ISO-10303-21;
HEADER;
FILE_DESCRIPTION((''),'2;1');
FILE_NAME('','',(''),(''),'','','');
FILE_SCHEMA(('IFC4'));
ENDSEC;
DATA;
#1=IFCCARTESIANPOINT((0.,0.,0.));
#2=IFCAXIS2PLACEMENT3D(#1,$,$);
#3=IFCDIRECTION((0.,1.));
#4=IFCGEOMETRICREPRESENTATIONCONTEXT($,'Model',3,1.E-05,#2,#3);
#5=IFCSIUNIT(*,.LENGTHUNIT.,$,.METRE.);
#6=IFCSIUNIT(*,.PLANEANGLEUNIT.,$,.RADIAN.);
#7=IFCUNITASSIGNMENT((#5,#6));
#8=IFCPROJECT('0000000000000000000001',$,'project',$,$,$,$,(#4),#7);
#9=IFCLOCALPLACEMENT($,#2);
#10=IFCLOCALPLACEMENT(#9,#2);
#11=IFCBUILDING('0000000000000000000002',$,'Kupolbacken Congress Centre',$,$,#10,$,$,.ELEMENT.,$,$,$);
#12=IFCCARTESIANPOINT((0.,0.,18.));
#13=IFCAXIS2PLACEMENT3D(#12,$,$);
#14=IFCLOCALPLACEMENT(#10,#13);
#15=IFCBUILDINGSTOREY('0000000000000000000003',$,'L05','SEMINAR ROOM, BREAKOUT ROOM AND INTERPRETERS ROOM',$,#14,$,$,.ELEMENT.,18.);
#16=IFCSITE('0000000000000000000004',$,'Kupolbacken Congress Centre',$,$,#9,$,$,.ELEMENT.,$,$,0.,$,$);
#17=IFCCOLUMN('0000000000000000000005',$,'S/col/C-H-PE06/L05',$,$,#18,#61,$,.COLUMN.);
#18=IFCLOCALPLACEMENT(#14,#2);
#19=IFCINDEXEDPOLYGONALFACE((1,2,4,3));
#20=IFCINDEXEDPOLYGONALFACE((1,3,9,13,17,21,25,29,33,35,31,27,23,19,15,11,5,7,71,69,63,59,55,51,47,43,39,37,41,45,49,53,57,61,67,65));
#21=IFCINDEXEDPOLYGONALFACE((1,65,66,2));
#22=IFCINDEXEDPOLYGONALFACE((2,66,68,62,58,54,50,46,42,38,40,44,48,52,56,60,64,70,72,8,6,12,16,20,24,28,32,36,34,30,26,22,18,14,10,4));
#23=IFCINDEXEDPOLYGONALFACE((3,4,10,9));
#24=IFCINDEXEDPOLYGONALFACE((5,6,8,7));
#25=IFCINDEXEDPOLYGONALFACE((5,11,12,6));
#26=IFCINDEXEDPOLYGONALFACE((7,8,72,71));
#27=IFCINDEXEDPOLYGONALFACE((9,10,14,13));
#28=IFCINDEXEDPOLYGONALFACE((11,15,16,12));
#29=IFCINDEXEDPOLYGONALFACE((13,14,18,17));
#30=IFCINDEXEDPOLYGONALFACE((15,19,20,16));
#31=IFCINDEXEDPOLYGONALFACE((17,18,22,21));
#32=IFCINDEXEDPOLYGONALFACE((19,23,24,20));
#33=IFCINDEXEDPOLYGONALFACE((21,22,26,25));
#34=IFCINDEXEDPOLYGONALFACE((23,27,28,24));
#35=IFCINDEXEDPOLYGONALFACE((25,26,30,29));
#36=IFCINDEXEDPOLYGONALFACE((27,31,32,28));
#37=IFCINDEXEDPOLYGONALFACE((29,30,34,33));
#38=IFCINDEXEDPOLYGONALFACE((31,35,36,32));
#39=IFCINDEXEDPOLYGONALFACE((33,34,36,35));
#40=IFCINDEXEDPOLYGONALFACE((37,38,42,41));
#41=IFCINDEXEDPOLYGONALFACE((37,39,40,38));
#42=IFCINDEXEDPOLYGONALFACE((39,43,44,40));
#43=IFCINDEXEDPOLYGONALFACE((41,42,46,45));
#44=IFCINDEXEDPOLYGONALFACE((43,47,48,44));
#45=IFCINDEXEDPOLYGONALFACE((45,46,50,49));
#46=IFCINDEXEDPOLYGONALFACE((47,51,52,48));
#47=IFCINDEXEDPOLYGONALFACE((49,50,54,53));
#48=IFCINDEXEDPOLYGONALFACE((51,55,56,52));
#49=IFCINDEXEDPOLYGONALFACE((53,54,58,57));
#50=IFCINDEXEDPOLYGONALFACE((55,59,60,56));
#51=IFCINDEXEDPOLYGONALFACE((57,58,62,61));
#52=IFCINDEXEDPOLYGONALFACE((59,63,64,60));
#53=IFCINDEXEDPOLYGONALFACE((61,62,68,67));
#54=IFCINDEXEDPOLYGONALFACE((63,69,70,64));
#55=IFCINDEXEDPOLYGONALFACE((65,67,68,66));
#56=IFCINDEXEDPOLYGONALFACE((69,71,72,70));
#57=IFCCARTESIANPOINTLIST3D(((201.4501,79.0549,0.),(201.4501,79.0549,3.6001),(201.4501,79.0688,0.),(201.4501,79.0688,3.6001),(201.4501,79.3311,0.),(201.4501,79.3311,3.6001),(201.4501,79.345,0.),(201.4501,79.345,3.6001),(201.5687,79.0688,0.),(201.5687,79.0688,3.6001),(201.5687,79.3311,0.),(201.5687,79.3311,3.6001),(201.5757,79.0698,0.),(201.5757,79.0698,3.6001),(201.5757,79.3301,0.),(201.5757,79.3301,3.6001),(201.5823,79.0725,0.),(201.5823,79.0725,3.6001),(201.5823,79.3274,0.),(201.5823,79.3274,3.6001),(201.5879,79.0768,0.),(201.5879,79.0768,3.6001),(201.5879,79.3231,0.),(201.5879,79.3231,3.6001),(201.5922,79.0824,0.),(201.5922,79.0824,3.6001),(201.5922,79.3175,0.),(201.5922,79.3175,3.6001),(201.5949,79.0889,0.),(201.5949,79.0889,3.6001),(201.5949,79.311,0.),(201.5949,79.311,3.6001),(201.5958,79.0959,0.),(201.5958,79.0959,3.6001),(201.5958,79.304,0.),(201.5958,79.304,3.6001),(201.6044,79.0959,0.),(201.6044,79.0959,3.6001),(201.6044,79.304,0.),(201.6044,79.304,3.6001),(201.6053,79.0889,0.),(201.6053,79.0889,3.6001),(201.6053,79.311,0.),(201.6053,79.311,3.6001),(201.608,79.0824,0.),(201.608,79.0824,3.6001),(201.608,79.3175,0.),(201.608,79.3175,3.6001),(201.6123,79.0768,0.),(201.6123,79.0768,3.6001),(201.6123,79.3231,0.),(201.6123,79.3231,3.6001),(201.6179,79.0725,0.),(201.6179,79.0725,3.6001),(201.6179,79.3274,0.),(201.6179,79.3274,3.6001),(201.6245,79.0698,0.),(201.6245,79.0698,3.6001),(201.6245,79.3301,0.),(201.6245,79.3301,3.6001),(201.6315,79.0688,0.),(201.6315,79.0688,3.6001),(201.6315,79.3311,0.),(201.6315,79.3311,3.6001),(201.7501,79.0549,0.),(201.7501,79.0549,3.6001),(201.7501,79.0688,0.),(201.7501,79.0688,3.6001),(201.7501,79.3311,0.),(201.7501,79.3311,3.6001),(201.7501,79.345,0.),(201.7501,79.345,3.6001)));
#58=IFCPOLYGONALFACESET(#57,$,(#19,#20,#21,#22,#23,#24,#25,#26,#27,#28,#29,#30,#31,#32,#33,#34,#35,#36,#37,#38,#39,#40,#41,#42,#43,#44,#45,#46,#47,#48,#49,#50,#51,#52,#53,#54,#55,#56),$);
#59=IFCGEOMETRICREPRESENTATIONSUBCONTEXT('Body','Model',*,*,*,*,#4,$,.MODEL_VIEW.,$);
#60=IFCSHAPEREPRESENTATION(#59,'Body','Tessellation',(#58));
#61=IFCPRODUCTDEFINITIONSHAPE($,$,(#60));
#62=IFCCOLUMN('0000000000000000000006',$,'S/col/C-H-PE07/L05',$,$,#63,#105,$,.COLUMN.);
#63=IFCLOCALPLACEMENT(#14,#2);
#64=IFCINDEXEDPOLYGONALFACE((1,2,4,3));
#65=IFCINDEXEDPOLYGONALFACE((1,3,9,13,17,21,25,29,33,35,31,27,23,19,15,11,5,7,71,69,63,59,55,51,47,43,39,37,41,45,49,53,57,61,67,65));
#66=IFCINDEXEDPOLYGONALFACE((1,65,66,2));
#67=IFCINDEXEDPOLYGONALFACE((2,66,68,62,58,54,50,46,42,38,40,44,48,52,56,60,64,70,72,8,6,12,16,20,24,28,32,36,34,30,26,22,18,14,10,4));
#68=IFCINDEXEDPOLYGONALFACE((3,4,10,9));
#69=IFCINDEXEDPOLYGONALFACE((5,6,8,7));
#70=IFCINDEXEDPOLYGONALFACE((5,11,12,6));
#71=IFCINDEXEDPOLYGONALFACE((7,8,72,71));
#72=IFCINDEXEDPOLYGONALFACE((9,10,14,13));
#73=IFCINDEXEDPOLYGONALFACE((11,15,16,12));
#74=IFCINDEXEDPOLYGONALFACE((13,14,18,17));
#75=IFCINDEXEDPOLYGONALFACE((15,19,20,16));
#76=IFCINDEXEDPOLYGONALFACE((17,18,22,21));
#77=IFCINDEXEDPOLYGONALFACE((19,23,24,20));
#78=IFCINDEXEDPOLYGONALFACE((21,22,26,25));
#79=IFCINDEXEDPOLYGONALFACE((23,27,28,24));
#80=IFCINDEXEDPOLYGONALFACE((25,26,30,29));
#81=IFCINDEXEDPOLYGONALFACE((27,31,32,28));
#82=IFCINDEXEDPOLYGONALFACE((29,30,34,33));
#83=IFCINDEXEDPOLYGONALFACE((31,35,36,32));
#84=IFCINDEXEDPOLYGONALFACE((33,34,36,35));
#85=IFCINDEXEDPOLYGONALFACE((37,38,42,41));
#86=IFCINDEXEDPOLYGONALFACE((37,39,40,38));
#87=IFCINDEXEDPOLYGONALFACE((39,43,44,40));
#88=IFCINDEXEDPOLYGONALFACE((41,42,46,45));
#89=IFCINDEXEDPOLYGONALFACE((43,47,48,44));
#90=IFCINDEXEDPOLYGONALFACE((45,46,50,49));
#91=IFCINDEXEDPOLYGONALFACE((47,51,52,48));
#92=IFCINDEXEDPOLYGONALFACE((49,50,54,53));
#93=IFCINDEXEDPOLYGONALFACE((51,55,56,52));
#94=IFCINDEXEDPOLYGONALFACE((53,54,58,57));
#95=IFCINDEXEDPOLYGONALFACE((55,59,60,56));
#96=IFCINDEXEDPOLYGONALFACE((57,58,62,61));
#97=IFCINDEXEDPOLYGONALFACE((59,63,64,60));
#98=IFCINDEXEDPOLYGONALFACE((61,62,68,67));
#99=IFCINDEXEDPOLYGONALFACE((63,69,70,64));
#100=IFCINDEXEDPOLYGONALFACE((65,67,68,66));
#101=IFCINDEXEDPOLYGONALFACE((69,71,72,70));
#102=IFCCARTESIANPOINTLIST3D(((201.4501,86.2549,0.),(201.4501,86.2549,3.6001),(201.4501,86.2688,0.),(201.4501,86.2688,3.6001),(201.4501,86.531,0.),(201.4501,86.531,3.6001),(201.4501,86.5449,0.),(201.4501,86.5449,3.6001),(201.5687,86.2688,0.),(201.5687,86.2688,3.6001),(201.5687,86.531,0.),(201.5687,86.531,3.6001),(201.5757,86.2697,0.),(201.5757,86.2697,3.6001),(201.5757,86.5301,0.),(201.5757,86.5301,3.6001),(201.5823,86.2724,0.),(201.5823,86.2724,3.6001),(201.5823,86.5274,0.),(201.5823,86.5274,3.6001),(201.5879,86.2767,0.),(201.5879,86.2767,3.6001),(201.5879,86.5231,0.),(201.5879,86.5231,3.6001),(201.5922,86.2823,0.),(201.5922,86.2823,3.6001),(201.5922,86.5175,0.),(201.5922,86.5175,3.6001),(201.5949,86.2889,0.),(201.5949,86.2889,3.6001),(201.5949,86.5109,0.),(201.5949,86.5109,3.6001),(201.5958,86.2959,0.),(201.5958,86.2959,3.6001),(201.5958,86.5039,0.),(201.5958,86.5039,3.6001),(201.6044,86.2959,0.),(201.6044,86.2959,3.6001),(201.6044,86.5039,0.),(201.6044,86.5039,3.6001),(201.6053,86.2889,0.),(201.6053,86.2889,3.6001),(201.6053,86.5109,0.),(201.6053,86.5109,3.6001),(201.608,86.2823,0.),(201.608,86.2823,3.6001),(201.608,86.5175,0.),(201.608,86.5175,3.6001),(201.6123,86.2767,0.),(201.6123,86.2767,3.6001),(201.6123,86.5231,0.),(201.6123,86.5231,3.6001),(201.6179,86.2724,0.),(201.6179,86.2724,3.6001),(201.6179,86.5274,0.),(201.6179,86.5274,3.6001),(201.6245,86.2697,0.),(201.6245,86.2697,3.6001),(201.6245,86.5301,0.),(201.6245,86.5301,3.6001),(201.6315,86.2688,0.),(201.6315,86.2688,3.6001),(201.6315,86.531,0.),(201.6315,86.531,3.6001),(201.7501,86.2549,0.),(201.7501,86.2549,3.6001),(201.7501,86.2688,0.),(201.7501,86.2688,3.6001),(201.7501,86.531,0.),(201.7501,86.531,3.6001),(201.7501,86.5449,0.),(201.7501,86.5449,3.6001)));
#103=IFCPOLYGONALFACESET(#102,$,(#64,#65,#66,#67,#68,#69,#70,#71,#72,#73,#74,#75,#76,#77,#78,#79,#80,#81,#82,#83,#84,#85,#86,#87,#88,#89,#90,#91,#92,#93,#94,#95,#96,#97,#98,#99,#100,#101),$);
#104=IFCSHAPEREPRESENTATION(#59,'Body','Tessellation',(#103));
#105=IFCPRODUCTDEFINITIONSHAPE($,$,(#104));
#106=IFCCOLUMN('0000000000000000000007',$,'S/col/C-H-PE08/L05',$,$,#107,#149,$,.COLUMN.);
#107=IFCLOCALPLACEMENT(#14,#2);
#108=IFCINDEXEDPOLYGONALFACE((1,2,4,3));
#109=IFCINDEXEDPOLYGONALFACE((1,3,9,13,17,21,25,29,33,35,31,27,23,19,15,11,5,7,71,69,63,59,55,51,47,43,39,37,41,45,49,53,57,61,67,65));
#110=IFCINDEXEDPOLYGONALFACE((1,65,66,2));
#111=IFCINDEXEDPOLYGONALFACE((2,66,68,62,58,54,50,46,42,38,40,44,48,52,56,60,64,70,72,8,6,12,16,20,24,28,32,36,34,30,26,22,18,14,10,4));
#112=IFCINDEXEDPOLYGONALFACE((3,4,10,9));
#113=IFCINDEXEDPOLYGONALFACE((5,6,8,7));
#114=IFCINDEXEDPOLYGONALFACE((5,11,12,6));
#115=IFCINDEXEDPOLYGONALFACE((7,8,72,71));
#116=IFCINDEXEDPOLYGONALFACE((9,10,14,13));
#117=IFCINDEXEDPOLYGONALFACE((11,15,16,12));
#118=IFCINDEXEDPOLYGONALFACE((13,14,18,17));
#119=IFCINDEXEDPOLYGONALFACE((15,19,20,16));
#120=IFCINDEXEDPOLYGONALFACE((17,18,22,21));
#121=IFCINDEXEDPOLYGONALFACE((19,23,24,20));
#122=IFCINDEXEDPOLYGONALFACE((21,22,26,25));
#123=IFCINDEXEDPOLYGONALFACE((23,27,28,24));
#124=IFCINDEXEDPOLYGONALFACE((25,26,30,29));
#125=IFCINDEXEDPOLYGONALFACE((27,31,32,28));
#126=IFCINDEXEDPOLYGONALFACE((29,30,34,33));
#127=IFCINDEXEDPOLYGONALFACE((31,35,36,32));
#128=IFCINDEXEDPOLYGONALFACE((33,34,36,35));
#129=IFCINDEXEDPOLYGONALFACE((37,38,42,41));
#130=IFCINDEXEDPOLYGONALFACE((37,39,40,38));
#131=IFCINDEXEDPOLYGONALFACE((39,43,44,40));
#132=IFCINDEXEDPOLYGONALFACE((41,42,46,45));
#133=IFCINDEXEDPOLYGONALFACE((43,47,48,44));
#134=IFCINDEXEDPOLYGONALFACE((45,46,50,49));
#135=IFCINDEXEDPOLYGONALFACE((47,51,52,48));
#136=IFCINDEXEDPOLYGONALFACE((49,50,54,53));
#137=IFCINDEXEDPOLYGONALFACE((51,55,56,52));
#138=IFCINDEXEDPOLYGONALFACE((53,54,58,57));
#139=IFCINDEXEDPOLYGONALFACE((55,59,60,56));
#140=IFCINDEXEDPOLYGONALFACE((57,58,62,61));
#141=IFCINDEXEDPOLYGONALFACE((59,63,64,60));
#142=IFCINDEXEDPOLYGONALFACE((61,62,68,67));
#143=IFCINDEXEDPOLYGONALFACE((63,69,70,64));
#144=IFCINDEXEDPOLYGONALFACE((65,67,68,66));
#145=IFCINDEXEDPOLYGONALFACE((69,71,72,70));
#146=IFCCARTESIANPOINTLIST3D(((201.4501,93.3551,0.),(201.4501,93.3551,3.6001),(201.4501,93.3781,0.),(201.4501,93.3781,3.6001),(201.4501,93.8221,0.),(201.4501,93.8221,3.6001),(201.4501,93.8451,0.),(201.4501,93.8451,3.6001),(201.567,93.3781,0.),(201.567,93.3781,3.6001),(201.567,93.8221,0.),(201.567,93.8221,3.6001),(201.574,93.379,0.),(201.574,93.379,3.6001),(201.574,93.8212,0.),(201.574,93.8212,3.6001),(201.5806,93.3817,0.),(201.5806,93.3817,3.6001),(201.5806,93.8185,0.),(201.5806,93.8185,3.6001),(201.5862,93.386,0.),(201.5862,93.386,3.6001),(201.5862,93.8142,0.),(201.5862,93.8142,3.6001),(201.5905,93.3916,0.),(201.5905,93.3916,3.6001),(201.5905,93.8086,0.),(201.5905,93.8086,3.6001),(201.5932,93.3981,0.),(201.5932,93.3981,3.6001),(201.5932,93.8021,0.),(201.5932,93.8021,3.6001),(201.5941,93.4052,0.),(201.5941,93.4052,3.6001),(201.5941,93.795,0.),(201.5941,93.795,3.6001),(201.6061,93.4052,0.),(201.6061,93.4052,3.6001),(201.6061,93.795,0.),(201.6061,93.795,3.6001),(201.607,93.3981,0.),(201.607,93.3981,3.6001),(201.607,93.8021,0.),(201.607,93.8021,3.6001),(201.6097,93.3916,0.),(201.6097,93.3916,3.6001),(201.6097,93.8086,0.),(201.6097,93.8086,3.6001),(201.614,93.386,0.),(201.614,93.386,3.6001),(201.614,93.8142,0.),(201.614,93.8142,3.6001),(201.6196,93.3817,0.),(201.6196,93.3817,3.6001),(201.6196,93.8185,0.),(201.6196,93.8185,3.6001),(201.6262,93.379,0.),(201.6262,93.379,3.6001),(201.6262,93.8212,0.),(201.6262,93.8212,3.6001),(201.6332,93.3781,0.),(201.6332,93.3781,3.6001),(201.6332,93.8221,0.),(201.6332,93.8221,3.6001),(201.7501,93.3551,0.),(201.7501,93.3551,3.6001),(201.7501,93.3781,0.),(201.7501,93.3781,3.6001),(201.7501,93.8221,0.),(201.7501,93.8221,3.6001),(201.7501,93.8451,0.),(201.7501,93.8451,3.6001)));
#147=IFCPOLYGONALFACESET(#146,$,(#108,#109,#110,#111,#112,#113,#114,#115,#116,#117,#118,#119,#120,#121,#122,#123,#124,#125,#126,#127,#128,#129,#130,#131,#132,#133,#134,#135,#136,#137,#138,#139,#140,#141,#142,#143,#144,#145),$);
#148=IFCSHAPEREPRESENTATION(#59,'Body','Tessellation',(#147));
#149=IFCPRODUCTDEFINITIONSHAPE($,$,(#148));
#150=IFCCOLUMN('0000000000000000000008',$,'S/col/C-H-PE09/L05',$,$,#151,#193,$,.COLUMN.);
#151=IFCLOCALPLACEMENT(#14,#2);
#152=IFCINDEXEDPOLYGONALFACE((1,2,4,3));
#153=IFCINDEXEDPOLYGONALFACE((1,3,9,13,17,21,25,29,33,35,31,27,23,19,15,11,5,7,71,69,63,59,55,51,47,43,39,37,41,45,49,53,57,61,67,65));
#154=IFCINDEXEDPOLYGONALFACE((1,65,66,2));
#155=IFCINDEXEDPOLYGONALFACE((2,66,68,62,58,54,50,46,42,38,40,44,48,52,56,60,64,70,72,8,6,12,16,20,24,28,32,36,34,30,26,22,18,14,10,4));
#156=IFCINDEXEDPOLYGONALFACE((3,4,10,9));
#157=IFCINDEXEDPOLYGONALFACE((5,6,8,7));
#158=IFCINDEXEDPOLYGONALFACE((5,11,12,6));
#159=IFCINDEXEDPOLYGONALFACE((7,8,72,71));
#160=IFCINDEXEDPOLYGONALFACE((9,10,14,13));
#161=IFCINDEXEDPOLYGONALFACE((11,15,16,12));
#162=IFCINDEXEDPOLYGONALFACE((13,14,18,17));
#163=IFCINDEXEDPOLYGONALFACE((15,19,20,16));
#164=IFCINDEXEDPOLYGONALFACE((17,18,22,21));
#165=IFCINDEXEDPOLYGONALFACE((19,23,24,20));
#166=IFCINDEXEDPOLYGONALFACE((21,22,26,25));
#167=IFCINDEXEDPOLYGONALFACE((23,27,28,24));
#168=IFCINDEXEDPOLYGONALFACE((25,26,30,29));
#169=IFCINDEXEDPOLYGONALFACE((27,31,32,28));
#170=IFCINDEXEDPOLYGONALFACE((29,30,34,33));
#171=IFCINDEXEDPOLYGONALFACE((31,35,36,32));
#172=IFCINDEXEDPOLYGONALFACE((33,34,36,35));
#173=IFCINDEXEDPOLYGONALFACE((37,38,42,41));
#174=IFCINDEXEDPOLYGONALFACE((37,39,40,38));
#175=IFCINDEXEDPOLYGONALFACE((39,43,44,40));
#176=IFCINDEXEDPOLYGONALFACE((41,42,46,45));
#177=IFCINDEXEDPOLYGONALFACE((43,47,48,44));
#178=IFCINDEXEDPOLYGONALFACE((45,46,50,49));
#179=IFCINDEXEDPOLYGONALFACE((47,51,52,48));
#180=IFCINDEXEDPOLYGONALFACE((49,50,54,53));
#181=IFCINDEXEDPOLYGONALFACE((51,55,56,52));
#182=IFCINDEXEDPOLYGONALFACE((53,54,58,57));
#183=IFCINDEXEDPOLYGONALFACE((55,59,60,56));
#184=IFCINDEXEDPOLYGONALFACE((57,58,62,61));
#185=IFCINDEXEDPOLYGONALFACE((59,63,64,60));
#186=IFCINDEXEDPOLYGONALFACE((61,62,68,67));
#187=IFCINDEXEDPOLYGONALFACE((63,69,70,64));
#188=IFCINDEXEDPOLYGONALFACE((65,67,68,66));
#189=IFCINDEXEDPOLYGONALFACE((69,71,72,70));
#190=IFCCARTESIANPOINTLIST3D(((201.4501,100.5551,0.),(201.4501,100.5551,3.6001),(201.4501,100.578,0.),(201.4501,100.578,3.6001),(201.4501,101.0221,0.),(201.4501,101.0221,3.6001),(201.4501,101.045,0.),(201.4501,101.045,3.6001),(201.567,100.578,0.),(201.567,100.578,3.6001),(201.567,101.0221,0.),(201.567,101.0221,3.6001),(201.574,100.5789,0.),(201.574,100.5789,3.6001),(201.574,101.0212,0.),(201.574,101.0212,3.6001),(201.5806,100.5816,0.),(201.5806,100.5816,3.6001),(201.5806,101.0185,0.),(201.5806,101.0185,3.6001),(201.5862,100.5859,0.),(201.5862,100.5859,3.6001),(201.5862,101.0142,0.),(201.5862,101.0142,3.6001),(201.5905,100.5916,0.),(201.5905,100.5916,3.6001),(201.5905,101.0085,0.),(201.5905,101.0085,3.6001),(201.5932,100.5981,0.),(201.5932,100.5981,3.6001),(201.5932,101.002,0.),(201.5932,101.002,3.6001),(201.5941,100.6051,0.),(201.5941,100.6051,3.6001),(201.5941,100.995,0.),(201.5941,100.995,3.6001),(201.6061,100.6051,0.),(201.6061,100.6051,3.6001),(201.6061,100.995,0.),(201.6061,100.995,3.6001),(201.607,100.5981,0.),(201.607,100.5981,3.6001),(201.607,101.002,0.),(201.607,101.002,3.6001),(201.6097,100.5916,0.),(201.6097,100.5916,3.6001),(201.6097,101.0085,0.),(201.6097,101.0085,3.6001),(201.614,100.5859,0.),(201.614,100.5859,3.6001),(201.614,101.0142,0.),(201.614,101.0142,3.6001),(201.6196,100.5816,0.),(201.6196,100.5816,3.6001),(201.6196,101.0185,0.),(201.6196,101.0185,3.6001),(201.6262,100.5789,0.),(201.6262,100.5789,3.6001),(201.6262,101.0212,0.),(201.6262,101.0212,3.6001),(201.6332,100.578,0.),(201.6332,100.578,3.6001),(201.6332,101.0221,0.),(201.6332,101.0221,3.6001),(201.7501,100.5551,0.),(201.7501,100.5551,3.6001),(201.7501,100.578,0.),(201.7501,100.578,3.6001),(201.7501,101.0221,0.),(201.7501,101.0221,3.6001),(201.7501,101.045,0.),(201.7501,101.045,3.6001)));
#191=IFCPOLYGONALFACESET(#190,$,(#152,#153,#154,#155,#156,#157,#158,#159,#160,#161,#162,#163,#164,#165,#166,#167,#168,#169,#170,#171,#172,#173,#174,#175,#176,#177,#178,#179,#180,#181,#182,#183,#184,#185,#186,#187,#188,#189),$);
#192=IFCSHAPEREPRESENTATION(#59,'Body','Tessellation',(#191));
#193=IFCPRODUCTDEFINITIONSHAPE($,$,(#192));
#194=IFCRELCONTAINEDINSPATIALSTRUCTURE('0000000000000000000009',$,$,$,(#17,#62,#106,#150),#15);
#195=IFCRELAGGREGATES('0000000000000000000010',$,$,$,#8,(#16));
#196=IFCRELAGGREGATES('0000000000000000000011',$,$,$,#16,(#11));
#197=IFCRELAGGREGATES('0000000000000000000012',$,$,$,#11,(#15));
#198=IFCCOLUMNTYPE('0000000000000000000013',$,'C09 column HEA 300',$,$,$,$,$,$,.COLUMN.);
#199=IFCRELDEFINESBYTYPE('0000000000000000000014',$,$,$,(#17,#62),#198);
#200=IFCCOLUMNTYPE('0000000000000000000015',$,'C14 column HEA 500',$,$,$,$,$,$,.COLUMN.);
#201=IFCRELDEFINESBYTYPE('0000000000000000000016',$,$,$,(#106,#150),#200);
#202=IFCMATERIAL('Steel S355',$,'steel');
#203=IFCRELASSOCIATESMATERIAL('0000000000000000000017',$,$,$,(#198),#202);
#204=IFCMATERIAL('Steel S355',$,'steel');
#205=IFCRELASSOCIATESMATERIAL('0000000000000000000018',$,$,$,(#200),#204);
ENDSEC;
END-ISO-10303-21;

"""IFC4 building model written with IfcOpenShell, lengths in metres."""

from ifc_helpers import new_model, si_unit, direction, frame, origin, origin_2d, place, context, subcontext, project, spatial, i_section, extrude, material, material_profile, profile_set, type_object, element, save


model = new_model("IFC4")

# Units and contexts
model_context = context("Model", 3, precision=1e-05, world=origin(), true_north=direction((0.0, 1.0)))
body_context = subcontext(model_context, "Body", "Model", "MODEL_VIEW")
ifc_project = project(units=[si_unit("LENGTHUNIT", "METRE"), si_unit("PLANEANGLEUNIT", "RADIAN")], contexts=[model_context])

# Site, building, storey
site_placement = place(None, origin())
site = spatial("IfcSite", under=ifc_project, at=site_placement, Name="Kupolbacken Congress Centre", CompositionType="ELEMENT", RefElevation=0.0)
building_placement = place(site_placement, origin())
building = spatial("IfcBuilding", under=site, at=building_placement, Name="Kupolbacken Congress Centre", CompositionType="ELEMENT")
storey_placement = place(building_placement, frame((0.0, 0.0, 18.0)))
storey = spatial("IfcBuildingStorey", under=building, at=storey_placement, Name="L05", Description="SEMINAR ROOM, BREAKOUT ROOM AND INTERPRETERS ROOM", CompositionType="ELEMENT", Elevation=18.0)

# Columns
ifc_material_1 = material(Name="Steel S355", Category="steel")
ifc_material_profile_1 = material_profile(ifc_material_1, i_section(OverallWidth=0.3, OverallDepth=0.29, WebThickness=0.0085, FlangeThickness=0.0139, FilletRadius=0.0271, at=origin_2d()), Name="HEA 300")
ifc_profile_set_1 = profile_set([ifc_material_profile_1], Name="Steel S355")
column_type_1 = type_object("IfcColumnType", Name="C09 column HEA 300", PredefinedType="COLUMN", material=ifc_profile_set_1)
for number, where, z_axis, x_axis, name in (
    (1, (201.6001, 79.2, 0.0), (0.0, 0.0, 1.0), (1.0, 0.0, 0.0), "S/col/C-H-PE06/L05"),
    (2, (201.6001, 86.3999, 0.0), (0.0, 0.0, 1.0), (1.0, 0.0, 0.0), "S/col/C-H-PE07/L05"),
):
    element("IfcColumn", number, at=place(storey_placement, frame(where, z_axis=z_axis, x_axis=x_axis)), inside=storey, type_object=column_type_1, Name=name, PredefinedType="COLUMN", context=body_context, shape_type="SweptSolid", body=[
        extrude(i_section(OverallWidth=0.3, OverallDepth=0.29, WebThickness=0.0085, FlangeThickness=0.0139, FilletRadius=0.0271, at=origin_2d()), origin(), (0.0, 0.0, 1.0), 3.6001),
    ])
ifc_material_2 = material(Name="Steel S355", Category="steel")
ifc_material_profile_2 = material_profile(ifc_material_2, i_section(OverallWidth=0.3, OverallDepth=0.49, WebThickness=0.012, FlangeThickness=0.0229, FilletRadius=0.0271, at=origin_2d()), Name="HEA 500")
ifc_profile_set_2 = profile_set([ifc_material_profile_2], Name="Steel S355")
column_type_2 = type_object("IfcColumnType", Name="C14 column HEA 500", PredefinedType="COLUMN", material=ifc_profile_set_2)
for number, where, z_axis, x_axis, name in (
    (3, (201.6001, 93.6001, 0.0), (0.0, 0.0, 1.0), (1.0, 0.0, 0.0), "S/col/C-H-PE08/L05"),
    (4, (201.6001, 100.8, 0.0), (0.0, 0.0, 1.0), (1.0, 0.0, 0.0), "S/col/C-H-PE09/L05"),
):
    element("IfcColumn", number, at=place(storey_placement, frame(where, z_axis=z_axis, x_axis=x_axis)), inside=storey, type_object=column_type_2, Name=name, PredefinedType="COLUMN", context=body_context, shape_type="SweptSolid", body=[
        extrude(i_section(OverallWidth=0.3, OverallDepth=0.49, WebThickness=0.012, FlangeThickness=0.0229, FilletRadius=0.0271, at=origin_2d()), origin(), (0.0, 0.0, 1.0), 3.6001),
    ])

save(model, "model.ifc")
